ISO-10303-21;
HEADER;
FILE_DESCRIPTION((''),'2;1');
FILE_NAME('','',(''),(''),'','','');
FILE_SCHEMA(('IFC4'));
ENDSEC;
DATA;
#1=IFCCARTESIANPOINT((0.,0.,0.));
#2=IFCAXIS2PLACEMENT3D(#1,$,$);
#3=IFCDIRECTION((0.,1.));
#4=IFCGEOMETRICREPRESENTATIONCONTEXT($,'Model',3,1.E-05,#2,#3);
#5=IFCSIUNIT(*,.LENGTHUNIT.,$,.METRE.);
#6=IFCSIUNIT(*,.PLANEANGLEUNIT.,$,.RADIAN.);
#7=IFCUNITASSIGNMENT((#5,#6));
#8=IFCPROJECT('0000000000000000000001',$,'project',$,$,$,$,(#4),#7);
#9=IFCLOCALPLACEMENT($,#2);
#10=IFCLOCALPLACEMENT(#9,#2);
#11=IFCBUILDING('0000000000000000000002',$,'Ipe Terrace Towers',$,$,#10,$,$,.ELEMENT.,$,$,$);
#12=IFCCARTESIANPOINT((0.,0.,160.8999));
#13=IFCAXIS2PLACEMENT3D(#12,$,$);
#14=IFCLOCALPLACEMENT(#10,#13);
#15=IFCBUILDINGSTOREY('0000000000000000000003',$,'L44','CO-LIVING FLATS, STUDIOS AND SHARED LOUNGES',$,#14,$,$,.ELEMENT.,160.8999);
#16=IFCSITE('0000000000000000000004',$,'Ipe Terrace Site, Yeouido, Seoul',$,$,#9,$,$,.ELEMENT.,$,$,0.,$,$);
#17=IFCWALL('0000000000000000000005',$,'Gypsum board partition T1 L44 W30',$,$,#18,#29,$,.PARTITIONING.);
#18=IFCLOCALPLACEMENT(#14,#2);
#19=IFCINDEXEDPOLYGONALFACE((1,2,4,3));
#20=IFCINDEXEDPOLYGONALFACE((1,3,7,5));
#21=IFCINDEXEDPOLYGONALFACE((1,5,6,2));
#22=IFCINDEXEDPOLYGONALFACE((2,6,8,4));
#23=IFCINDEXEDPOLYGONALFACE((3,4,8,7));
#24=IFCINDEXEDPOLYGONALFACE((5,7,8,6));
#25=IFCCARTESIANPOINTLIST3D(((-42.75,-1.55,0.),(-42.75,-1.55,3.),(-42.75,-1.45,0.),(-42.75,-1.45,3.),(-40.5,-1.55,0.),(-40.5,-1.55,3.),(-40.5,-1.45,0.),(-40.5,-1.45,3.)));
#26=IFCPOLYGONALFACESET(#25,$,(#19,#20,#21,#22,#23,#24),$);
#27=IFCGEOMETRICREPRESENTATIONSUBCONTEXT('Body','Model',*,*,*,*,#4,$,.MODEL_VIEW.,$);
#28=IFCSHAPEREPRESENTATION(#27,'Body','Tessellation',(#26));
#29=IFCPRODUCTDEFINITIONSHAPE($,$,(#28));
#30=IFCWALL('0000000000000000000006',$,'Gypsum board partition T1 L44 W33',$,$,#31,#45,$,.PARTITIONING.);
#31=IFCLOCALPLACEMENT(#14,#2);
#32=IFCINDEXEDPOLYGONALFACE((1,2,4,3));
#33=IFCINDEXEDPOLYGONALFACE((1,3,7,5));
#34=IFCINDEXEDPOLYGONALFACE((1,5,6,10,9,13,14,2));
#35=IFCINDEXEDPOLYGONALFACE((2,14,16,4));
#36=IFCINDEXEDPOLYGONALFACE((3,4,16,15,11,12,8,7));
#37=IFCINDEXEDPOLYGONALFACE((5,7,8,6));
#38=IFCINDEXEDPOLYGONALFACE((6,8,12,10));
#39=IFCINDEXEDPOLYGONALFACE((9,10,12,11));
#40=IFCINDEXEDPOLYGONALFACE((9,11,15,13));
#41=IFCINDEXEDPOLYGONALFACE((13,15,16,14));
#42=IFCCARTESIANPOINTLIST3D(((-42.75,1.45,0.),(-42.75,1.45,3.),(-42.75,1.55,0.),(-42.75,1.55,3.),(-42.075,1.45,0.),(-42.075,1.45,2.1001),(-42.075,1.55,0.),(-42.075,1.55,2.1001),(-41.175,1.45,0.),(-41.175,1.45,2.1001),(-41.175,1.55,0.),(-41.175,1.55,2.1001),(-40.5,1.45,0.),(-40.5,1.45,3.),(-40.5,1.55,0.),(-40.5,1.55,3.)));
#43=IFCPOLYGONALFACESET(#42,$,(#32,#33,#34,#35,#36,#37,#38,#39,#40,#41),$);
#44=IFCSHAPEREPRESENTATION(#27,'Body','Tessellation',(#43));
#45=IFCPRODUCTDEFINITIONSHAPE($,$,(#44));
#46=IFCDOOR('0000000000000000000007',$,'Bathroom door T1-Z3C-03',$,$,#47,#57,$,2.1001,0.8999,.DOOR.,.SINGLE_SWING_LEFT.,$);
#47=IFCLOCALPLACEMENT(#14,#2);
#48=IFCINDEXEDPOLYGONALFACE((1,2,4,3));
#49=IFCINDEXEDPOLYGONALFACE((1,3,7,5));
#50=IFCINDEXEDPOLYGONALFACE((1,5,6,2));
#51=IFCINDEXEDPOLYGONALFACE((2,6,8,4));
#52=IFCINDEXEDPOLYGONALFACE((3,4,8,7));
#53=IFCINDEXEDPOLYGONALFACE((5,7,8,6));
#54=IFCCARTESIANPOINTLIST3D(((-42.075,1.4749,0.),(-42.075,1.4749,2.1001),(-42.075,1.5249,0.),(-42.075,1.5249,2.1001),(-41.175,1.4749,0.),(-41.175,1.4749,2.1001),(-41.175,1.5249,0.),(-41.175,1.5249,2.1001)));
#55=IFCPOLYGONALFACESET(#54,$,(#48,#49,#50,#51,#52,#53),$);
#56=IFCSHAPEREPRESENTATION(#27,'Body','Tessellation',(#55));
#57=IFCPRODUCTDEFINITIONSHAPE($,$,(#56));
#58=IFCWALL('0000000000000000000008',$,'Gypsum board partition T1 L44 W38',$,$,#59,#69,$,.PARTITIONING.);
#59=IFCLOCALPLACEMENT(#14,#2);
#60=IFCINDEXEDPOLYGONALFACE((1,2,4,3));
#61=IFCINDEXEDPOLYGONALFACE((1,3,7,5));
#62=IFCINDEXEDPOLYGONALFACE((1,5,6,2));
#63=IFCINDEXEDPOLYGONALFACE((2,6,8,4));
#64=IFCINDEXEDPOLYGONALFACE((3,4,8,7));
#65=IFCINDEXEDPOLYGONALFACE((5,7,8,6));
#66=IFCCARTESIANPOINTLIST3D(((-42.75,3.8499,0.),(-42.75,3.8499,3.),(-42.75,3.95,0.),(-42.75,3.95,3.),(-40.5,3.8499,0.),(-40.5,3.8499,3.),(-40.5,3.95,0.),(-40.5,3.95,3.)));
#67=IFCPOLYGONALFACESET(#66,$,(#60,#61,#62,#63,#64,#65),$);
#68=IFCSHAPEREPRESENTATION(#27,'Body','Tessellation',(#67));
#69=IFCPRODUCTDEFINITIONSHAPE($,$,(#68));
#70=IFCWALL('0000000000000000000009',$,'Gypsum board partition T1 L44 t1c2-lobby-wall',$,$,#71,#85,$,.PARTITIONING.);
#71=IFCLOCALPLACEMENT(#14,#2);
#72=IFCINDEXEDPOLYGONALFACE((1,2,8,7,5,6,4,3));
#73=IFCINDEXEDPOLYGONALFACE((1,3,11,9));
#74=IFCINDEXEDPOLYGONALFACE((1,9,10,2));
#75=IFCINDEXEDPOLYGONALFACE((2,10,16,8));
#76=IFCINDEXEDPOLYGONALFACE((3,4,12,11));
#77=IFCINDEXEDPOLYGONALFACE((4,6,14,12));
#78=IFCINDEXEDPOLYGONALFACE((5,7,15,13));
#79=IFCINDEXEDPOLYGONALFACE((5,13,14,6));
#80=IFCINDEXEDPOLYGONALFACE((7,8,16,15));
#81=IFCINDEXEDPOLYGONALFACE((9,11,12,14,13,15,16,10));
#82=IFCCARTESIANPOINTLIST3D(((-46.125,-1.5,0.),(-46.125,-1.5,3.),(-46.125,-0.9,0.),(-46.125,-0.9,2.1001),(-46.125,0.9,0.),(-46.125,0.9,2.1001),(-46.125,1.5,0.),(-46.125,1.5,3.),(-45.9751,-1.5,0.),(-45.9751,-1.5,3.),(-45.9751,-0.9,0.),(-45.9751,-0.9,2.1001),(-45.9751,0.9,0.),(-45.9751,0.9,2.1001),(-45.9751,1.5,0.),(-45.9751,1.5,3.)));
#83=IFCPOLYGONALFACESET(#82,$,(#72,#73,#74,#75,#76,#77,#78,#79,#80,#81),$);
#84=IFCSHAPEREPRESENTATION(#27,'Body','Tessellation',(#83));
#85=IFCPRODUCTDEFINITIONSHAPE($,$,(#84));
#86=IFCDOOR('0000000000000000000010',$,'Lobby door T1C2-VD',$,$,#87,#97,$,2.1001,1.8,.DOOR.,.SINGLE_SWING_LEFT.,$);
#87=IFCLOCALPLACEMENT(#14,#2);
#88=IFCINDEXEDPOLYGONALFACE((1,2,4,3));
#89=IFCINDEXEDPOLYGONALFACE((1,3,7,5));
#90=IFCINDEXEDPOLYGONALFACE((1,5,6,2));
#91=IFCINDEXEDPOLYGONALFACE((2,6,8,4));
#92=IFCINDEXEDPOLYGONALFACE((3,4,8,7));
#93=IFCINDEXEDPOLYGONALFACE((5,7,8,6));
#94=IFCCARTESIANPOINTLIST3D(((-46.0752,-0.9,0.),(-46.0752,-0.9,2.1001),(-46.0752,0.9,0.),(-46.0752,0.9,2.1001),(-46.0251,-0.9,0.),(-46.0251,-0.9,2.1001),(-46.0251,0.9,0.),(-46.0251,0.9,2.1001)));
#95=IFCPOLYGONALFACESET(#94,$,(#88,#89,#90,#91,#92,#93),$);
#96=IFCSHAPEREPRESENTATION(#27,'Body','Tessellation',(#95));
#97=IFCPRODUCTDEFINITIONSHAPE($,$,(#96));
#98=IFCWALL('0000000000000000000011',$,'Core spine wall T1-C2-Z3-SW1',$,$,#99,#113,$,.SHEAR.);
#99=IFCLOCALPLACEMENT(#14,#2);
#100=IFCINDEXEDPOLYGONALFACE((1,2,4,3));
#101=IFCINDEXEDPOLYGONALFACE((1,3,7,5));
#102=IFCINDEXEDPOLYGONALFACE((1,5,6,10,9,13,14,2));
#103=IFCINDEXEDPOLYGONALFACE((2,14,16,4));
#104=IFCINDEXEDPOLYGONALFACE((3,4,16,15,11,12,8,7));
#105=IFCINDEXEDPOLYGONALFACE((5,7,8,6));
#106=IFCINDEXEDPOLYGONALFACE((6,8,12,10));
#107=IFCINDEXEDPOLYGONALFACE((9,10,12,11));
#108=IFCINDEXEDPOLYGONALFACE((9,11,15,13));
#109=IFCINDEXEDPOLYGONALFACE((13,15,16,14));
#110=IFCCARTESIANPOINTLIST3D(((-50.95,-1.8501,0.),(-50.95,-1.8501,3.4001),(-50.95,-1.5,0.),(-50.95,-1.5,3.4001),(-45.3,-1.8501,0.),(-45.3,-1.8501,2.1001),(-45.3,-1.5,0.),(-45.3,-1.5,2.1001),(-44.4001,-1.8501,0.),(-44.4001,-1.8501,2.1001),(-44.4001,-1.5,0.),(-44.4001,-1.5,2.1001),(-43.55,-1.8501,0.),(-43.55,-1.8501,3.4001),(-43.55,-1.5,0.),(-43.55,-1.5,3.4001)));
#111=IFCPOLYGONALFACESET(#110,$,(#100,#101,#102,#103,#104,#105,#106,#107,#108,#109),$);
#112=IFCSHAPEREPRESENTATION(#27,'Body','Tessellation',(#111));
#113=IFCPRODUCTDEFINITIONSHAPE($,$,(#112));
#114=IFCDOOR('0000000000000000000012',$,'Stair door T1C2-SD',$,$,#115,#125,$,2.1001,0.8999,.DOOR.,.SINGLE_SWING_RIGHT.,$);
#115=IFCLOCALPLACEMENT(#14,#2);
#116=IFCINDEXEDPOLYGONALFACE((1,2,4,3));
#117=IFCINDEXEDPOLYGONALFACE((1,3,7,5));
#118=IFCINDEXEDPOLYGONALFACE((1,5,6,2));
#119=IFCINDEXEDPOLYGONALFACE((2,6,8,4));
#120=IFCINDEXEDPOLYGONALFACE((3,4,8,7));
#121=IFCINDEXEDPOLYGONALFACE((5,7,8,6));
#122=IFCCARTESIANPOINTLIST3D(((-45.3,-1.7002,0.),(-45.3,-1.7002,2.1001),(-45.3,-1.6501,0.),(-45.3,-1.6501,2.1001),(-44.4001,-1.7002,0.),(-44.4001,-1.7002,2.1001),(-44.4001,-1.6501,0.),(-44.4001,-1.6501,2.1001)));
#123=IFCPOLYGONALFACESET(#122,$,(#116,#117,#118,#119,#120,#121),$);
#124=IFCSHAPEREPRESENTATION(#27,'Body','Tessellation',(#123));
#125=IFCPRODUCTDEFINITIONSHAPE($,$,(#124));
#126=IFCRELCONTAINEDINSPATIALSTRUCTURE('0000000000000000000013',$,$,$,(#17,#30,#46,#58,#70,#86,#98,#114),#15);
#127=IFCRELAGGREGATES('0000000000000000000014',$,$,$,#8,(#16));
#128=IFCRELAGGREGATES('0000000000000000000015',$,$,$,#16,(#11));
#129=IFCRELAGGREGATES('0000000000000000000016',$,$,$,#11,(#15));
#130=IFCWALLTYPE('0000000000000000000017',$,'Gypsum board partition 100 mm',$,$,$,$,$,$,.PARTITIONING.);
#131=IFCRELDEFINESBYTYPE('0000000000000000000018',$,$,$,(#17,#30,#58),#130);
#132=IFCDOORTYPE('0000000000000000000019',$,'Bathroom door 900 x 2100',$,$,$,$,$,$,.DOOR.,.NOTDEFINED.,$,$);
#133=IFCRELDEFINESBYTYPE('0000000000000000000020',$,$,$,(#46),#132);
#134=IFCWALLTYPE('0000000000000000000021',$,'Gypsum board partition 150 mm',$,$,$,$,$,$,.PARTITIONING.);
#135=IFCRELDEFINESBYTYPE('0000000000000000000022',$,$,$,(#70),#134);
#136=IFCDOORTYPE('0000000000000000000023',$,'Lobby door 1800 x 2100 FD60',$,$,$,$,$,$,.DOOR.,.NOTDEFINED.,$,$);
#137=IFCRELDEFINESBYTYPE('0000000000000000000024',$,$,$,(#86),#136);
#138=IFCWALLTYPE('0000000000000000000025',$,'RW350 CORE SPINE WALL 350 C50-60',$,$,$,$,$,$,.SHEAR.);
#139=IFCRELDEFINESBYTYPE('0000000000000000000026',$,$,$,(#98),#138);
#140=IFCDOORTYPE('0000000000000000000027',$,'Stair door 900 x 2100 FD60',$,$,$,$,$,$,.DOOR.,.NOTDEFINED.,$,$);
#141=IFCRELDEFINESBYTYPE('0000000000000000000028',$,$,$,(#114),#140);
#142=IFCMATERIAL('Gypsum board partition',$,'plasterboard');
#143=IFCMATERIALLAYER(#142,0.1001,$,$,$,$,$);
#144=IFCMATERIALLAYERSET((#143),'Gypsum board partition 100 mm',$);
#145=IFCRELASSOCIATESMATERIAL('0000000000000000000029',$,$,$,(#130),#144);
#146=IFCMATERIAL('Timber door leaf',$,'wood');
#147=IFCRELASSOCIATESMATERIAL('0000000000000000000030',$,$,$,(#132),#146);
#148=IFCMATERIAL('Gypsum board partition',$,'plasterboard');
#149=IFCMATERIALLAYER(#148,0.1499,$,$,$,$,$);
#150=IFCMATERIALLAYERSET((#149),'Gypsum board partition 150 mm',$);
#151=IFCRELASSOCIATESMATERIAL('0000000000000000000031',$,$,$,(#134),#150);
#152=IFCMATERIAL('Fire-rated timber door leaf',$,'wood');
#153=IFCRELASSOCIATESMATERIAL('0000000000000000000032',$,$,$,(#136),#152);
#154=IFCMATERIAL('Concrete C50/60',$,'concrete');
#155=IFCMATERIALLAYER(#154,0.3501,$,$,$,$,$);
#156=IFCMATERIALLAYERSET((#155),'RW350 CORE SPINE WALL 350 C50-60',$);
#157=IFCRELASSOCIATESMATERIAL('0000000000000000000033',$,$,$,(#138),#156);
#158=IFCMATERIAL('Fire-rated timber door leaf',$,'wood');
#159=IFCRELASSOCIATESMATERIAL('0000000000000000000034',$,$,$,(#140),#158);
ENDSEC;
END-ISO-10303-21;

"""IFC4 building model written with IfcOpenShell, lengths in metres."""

from ifc_helpers import new_model, si_unit, direction, frame, frame_2d, origin, place, context, subcontext, project, spatial, rectangle, extrude, material, layer, layer_set, type_object, element, fill, save


model = new_model("IFC4")

# Units and contexts
model_context = context("Model", 3, precision=1e-05, world=origin(), true_north=direction((0.0, 1.0)))
body_context = subcontext(model_context, "Body", "Model", "MODEL_VIEW")
ifc_project = project(units=[si_unit("LENGTHUNIT", "METRE"), si_unit("PLANEANGLEUNIT", "RADIAN")], contexts=[model_context])

# Site, building, storey
site_placement = place(None, origin())
site = spatial("IfcSite", under=ifc_project, at=site_placement, Name="Ipe Terrace Site, Yeouido, Seoul", CompositionType="ELEMENT", RefElevation=0.0)
building_placement = place(site_placement, origin())
building = spatial("IfcBuilding", under=site, at=building_placement, Name="Ipe Terrace Towers", CompositionType="ELEMENT")
storey_placement = place(building_placement, frame((0.0, 0.0, 160.8999)))
storey = spatial("IfcBuildingStorey", under=building, at=storey_placement, Name="L44", Description="CO-LIVING FLATS, STUDIOS AND SHARED LOUNGES", CompositionType="ELEMENT", Elevation=160.8999)

# Wall
ifc_material_1 = material(Name="Gypsum board partition", Category="plasterboard")
ifc_layer_1 = layer(ifc_material_1, 0.1001)
ifc_layer_set_1 = layer_set([ifc_layer_1], Name="Gypsum board partition 100 mm")
wall_type_1 = type_object("IfcWallType", Name="Gypsum board partition 100 mm", PredefinedType="PARTITIONING", material=ifc_layer_set_1)
wall_1_placement = place(storey_placement, frame((-42.75, -1.5, 0.0), z_axis=(0.0, 0.0, 1.0), x_axis=(1.0, 0.0, 0.0)))
element("IfcWall", 1, at=wall_1_placement, inside=storey, type_object=wall_type_1, Name="Gypsum board partition T1 L44 W30", PredefinedType="PARTITIONING", context=body_context, shape_type="SweptSolid", body=[
    extrude(rectangle(XDim=2.25, YDim=0.1001, at=frame_2d((1.125, 0.0))), origin(), (0.0, 0.0, 1.0), 3.0),
])

# Wall, opening, door
wall_2_placement = place(storey_placement, frame((-42.75, 1.5, 0.0), z_axis=(0.0, 0.0, 1.0), x_axis=(1.0, 0.0, 0.0)))
wall_2 = element("IfcWall", 2, at=wall_2_placement, inside=storey, type_object=wall_type_1, Name="Gypsum board partition T1 L44 W33", PredefinedType="PARTITIONING", context=body_context, shape_type="SweptSolid", body=[
    extrude(rectangle(XDim=2.25, YDim=0.1001, at=frame_2d((1.125, 0.0))), origin(), (0.0, 0.0, 1.0), 3.0),
])
opening_1_placement = place(wall_2_placement, frame((0.675, 0.0, 0.0)))
opening_1 = element("IfcOpeningElement", 3, at=opening_1_placement, cuts=wall_2, PredefinedType="OPENING", context=body_context, shape_type="SweptSolid", body=[
    extrude(rectangle(XDim=0.8999, YDim=2.1001, at=frame_2d((0.45, 1.05))), frame((0.0, 0.0601, 0.0), z_axis=(0.0, -1.0, 0.0), x_axis=(1.0, 0.0, 0.0)), (0.0, 0.0, 1.0), 0.1201),
])
ifc_material_2 = material(Name="Timber door leaf", Category="wood")
door_type_1 = type_object("IfcDoorType", Name="Bathroom door 900 x 2100", OperationType="NOTDEFINED", PredefinedType="DOOR", material=ifc_material_2)
door_1_placement = place(opening_1_placement, origin())
door_1 = element("IfcDoor", 4, at=door_1_placement, inside=storey, type_object=door_type_1, Name="Bathroom door T1-Z3C-03", OperationType="SINGLE_SWING_LEFT", OverallHeight=2.1001, OverallWidth=0.8999, PredefinedType="DOOR", context=body_context, shape_type="SweptSolid", body=[
    extrude(rectangle(XDim=0.8999, YDim=2.1001, at=frame_2d((0.45, 1.05))), frame((0.0, 0.0249, 0.0), z_axis=(0.0, -1.0, 0.0), x_axis=(1.0, 0.0, 0.0)), (0.0, 0.0, 1.0), 0.05),
])
fill(opening_1, door_1)

# Wall
wall_3_placement = place(storey_placement, frame((-42.75, 3.8999, 0.0), z_axis=(0.0, 0.0, 1.0), x_axis=(1.0, 0.0, 0.0)))
element("IfcWall", 5, at=wall_3_placement, inside=storey, type_object=wall_type_1, Name="Gypsum board partition T1 L44 W38", PredefinedType="PARTITIONING", context=body_context, shape_type="SweptSolid", body=[
    extrude(rectangle(XDim=2.25, YDim=0.1001, at=frame_2d((1.125, 0.0))), origin(), (0.0, 0.0, 1.0), 3.0),
])

# Walls, openings, doors
ifc_material_3 = material(Name="Gypsum board partition", Category="plasterboard")
ifc_layer_2 = layer(ifc_material_3, 0.1499)
ifc_layer_set_2 = layer_set([ifc_layer_2], Name="Gypsum board partition 150 mm")
wall_type_2 = type_object("IfcWallType", Name="Gypsum board partition 150 mm", PredefinedType="PARTITIONING", material=ifc_layer_set_2)
wall_4_placement = place(storey_placement, frame((-46.05, 1.5, 0.0), z_axis=(0.0, 0.0, 1.0), x_axis=(0.0, -1.0, 0.0)))
wall_4 = element("IfcWall", 6, at=wall_4_placement, inside=storey, type_object=wall_type_2, Name="Gypsum board partition T1 L44 t1c2-lobby-wall", PredefinedType="PARTITIONING", context=body_context, shape_type="SweptSolid", body=[
    extrude(rectangle(XDim=3.0, YDim=0.1499, at=frame_2d((1.5, 0.0))), origin(), (0.0, 0.0, 1.0), 3.0),
])
opening_2_placement = place(wall_4_placement, frame((0.6001, 0.0, 0.0)))
opening_2 = element("IfcOpeningElement", 7, at=opening_2_placement, cuts=wall_4, PredefinedType="OPENING", context=body_context, shape_type="SweptSolid", body=[
    extrude(rectangle(XDim=1.8, YDim=2.1001, at=frame_2d((0.8999, 1.05))), frame((0.0, 0.085, 0.0), z_axis=(0.0, -1.0, 0.0), x_axis=(1.0, 0.0, 0.0)), (0.0, 0.0, 1.0), 0.1699),
])
ifc_material_4 = material(Name="Fire-rated timber door leaf", Category="wood")
door_type_2 = type_object("IfcDoorType", Name="Lobby door 1800 x 2100 FD60", OperationType="NOTDEFINED", PredefinedType="DOOR", material=ifc_material_4)
door_2_placement = place(opening_2_placement, origin())
door_2 = element("IfcDoor", 8, at=door_2_placement, inside=storey, type_object=door_type_2, Name="Lobby door T1C2-VD", OperationType="SINGLE_SWING_LEFT", OverallHeight=2.1001, OverallWidth=1.8, PredefinedType="DOOR", context=body_context, shape_type="SweptSolid", body=[
    extrude(rectangle(XDim=1.8, YDim=2.1001, at=frame_2d((0.8999, 1.05))), frame((0.0, 0.0249, 0.0), z_axis=(0.0, -1.0, 0.0), x_axis=(1.0, 0.0, 0.0)), (0.0, 0.0, 1.0), 0.05),
])
fill(opening_2, door_2)
ifc_material_5 = material(Name="Concrete C50/60", Category="concrete")
ifc_layer_3 = layer(ifc_material_5, 0.3501)
ifc_layer_set_3 = layer_set([ifc_layer_3], Name="RW350 CORE SPINE WALL 350 C50-60")
wall_type_3 = type_object("IfcWallType", Name="RW350 CORE SPINE WALL 350 C50-60", PredefinedType="SHEAR", material=ifc_layer_set_3)
wall_5_placement = place(storey_placement, frame((-50.95, -1.675, 0.0), z_axis=(0.0, 0.0, 1.0), x_axis=(1.0, 0.0, 0.0)))
wall_5 = element("IfcWall", 9, at=wall_5_placement, inside=storey, type_object=wall_type_3, Name="Core spine wall T1-C2-Z3-SW1", PredefinedType="SHEAR", context=body_context, shape_type="SweptSolid", body=[
    extrude(rectangle(XDim=7.3999, YDim=0.3501, at=frame_2d((3.7, 0.0))), origin(), (0.0, 0.0, 1.0), 3.4001),
])
opening_3_placement = place(wall_5_placement, frame((5.6499, 0.0, 0.0)))
opening_3 = element("IfcOpeningElement", 10, at=opening_3_placement, cuts=wall_5, PredefinedType="OPENING", context=body_context, shape_type="SweptSolid", body=[
    extrude(rectangle(XDim=0.8999, YDim=2.1001, at=frame_2d((0.45, 1.05))), frame((0.0, 0.1851, 0.0), z_axis=(0.0, -1.0, 0.0), x_axis=(1.0, 0.0, 0.0)), (0.0, 0.0, 1.0), 0.3701),
])
ifc_material_6 = material(Name="Fire-rated timber door leaf", Category="wood")
door_type_3 = type_object("IfcDoorType", Name="Stair door 900 x 2100 FD60", OperationType="NOTDEFINED", PredefinedType="DOOR", material=ifc_material_6)
door_3_placement = place(opening_3_placement, origin())
door_3 = element("IfcDoor", 11, at=door_3_placement, inside=storey, type_object=door_type_3, Name="Stair door T1C2-SD", OperationType="SINGLE_SWING_RIGHT", OverallHeight=2.1001, OverallWidth=0.8999, PredefinedType="DOOR", context=body_context, shape_type="SweptSolid", body=[
    extrude(rectangle(XDim=0.8999, YDim=2.1001, at=frame_2d((0.45, 1.05))), frame((0.0, 0.0249, 0.0), z_axis=(0.0, -1.0, 0.0), x_axis=(1.0, 0.0, 0.0)), (0.0, 0.0, 1.0), 0.05),
])
fill(opening_3, door_3)

save(model, "model.ifc")
